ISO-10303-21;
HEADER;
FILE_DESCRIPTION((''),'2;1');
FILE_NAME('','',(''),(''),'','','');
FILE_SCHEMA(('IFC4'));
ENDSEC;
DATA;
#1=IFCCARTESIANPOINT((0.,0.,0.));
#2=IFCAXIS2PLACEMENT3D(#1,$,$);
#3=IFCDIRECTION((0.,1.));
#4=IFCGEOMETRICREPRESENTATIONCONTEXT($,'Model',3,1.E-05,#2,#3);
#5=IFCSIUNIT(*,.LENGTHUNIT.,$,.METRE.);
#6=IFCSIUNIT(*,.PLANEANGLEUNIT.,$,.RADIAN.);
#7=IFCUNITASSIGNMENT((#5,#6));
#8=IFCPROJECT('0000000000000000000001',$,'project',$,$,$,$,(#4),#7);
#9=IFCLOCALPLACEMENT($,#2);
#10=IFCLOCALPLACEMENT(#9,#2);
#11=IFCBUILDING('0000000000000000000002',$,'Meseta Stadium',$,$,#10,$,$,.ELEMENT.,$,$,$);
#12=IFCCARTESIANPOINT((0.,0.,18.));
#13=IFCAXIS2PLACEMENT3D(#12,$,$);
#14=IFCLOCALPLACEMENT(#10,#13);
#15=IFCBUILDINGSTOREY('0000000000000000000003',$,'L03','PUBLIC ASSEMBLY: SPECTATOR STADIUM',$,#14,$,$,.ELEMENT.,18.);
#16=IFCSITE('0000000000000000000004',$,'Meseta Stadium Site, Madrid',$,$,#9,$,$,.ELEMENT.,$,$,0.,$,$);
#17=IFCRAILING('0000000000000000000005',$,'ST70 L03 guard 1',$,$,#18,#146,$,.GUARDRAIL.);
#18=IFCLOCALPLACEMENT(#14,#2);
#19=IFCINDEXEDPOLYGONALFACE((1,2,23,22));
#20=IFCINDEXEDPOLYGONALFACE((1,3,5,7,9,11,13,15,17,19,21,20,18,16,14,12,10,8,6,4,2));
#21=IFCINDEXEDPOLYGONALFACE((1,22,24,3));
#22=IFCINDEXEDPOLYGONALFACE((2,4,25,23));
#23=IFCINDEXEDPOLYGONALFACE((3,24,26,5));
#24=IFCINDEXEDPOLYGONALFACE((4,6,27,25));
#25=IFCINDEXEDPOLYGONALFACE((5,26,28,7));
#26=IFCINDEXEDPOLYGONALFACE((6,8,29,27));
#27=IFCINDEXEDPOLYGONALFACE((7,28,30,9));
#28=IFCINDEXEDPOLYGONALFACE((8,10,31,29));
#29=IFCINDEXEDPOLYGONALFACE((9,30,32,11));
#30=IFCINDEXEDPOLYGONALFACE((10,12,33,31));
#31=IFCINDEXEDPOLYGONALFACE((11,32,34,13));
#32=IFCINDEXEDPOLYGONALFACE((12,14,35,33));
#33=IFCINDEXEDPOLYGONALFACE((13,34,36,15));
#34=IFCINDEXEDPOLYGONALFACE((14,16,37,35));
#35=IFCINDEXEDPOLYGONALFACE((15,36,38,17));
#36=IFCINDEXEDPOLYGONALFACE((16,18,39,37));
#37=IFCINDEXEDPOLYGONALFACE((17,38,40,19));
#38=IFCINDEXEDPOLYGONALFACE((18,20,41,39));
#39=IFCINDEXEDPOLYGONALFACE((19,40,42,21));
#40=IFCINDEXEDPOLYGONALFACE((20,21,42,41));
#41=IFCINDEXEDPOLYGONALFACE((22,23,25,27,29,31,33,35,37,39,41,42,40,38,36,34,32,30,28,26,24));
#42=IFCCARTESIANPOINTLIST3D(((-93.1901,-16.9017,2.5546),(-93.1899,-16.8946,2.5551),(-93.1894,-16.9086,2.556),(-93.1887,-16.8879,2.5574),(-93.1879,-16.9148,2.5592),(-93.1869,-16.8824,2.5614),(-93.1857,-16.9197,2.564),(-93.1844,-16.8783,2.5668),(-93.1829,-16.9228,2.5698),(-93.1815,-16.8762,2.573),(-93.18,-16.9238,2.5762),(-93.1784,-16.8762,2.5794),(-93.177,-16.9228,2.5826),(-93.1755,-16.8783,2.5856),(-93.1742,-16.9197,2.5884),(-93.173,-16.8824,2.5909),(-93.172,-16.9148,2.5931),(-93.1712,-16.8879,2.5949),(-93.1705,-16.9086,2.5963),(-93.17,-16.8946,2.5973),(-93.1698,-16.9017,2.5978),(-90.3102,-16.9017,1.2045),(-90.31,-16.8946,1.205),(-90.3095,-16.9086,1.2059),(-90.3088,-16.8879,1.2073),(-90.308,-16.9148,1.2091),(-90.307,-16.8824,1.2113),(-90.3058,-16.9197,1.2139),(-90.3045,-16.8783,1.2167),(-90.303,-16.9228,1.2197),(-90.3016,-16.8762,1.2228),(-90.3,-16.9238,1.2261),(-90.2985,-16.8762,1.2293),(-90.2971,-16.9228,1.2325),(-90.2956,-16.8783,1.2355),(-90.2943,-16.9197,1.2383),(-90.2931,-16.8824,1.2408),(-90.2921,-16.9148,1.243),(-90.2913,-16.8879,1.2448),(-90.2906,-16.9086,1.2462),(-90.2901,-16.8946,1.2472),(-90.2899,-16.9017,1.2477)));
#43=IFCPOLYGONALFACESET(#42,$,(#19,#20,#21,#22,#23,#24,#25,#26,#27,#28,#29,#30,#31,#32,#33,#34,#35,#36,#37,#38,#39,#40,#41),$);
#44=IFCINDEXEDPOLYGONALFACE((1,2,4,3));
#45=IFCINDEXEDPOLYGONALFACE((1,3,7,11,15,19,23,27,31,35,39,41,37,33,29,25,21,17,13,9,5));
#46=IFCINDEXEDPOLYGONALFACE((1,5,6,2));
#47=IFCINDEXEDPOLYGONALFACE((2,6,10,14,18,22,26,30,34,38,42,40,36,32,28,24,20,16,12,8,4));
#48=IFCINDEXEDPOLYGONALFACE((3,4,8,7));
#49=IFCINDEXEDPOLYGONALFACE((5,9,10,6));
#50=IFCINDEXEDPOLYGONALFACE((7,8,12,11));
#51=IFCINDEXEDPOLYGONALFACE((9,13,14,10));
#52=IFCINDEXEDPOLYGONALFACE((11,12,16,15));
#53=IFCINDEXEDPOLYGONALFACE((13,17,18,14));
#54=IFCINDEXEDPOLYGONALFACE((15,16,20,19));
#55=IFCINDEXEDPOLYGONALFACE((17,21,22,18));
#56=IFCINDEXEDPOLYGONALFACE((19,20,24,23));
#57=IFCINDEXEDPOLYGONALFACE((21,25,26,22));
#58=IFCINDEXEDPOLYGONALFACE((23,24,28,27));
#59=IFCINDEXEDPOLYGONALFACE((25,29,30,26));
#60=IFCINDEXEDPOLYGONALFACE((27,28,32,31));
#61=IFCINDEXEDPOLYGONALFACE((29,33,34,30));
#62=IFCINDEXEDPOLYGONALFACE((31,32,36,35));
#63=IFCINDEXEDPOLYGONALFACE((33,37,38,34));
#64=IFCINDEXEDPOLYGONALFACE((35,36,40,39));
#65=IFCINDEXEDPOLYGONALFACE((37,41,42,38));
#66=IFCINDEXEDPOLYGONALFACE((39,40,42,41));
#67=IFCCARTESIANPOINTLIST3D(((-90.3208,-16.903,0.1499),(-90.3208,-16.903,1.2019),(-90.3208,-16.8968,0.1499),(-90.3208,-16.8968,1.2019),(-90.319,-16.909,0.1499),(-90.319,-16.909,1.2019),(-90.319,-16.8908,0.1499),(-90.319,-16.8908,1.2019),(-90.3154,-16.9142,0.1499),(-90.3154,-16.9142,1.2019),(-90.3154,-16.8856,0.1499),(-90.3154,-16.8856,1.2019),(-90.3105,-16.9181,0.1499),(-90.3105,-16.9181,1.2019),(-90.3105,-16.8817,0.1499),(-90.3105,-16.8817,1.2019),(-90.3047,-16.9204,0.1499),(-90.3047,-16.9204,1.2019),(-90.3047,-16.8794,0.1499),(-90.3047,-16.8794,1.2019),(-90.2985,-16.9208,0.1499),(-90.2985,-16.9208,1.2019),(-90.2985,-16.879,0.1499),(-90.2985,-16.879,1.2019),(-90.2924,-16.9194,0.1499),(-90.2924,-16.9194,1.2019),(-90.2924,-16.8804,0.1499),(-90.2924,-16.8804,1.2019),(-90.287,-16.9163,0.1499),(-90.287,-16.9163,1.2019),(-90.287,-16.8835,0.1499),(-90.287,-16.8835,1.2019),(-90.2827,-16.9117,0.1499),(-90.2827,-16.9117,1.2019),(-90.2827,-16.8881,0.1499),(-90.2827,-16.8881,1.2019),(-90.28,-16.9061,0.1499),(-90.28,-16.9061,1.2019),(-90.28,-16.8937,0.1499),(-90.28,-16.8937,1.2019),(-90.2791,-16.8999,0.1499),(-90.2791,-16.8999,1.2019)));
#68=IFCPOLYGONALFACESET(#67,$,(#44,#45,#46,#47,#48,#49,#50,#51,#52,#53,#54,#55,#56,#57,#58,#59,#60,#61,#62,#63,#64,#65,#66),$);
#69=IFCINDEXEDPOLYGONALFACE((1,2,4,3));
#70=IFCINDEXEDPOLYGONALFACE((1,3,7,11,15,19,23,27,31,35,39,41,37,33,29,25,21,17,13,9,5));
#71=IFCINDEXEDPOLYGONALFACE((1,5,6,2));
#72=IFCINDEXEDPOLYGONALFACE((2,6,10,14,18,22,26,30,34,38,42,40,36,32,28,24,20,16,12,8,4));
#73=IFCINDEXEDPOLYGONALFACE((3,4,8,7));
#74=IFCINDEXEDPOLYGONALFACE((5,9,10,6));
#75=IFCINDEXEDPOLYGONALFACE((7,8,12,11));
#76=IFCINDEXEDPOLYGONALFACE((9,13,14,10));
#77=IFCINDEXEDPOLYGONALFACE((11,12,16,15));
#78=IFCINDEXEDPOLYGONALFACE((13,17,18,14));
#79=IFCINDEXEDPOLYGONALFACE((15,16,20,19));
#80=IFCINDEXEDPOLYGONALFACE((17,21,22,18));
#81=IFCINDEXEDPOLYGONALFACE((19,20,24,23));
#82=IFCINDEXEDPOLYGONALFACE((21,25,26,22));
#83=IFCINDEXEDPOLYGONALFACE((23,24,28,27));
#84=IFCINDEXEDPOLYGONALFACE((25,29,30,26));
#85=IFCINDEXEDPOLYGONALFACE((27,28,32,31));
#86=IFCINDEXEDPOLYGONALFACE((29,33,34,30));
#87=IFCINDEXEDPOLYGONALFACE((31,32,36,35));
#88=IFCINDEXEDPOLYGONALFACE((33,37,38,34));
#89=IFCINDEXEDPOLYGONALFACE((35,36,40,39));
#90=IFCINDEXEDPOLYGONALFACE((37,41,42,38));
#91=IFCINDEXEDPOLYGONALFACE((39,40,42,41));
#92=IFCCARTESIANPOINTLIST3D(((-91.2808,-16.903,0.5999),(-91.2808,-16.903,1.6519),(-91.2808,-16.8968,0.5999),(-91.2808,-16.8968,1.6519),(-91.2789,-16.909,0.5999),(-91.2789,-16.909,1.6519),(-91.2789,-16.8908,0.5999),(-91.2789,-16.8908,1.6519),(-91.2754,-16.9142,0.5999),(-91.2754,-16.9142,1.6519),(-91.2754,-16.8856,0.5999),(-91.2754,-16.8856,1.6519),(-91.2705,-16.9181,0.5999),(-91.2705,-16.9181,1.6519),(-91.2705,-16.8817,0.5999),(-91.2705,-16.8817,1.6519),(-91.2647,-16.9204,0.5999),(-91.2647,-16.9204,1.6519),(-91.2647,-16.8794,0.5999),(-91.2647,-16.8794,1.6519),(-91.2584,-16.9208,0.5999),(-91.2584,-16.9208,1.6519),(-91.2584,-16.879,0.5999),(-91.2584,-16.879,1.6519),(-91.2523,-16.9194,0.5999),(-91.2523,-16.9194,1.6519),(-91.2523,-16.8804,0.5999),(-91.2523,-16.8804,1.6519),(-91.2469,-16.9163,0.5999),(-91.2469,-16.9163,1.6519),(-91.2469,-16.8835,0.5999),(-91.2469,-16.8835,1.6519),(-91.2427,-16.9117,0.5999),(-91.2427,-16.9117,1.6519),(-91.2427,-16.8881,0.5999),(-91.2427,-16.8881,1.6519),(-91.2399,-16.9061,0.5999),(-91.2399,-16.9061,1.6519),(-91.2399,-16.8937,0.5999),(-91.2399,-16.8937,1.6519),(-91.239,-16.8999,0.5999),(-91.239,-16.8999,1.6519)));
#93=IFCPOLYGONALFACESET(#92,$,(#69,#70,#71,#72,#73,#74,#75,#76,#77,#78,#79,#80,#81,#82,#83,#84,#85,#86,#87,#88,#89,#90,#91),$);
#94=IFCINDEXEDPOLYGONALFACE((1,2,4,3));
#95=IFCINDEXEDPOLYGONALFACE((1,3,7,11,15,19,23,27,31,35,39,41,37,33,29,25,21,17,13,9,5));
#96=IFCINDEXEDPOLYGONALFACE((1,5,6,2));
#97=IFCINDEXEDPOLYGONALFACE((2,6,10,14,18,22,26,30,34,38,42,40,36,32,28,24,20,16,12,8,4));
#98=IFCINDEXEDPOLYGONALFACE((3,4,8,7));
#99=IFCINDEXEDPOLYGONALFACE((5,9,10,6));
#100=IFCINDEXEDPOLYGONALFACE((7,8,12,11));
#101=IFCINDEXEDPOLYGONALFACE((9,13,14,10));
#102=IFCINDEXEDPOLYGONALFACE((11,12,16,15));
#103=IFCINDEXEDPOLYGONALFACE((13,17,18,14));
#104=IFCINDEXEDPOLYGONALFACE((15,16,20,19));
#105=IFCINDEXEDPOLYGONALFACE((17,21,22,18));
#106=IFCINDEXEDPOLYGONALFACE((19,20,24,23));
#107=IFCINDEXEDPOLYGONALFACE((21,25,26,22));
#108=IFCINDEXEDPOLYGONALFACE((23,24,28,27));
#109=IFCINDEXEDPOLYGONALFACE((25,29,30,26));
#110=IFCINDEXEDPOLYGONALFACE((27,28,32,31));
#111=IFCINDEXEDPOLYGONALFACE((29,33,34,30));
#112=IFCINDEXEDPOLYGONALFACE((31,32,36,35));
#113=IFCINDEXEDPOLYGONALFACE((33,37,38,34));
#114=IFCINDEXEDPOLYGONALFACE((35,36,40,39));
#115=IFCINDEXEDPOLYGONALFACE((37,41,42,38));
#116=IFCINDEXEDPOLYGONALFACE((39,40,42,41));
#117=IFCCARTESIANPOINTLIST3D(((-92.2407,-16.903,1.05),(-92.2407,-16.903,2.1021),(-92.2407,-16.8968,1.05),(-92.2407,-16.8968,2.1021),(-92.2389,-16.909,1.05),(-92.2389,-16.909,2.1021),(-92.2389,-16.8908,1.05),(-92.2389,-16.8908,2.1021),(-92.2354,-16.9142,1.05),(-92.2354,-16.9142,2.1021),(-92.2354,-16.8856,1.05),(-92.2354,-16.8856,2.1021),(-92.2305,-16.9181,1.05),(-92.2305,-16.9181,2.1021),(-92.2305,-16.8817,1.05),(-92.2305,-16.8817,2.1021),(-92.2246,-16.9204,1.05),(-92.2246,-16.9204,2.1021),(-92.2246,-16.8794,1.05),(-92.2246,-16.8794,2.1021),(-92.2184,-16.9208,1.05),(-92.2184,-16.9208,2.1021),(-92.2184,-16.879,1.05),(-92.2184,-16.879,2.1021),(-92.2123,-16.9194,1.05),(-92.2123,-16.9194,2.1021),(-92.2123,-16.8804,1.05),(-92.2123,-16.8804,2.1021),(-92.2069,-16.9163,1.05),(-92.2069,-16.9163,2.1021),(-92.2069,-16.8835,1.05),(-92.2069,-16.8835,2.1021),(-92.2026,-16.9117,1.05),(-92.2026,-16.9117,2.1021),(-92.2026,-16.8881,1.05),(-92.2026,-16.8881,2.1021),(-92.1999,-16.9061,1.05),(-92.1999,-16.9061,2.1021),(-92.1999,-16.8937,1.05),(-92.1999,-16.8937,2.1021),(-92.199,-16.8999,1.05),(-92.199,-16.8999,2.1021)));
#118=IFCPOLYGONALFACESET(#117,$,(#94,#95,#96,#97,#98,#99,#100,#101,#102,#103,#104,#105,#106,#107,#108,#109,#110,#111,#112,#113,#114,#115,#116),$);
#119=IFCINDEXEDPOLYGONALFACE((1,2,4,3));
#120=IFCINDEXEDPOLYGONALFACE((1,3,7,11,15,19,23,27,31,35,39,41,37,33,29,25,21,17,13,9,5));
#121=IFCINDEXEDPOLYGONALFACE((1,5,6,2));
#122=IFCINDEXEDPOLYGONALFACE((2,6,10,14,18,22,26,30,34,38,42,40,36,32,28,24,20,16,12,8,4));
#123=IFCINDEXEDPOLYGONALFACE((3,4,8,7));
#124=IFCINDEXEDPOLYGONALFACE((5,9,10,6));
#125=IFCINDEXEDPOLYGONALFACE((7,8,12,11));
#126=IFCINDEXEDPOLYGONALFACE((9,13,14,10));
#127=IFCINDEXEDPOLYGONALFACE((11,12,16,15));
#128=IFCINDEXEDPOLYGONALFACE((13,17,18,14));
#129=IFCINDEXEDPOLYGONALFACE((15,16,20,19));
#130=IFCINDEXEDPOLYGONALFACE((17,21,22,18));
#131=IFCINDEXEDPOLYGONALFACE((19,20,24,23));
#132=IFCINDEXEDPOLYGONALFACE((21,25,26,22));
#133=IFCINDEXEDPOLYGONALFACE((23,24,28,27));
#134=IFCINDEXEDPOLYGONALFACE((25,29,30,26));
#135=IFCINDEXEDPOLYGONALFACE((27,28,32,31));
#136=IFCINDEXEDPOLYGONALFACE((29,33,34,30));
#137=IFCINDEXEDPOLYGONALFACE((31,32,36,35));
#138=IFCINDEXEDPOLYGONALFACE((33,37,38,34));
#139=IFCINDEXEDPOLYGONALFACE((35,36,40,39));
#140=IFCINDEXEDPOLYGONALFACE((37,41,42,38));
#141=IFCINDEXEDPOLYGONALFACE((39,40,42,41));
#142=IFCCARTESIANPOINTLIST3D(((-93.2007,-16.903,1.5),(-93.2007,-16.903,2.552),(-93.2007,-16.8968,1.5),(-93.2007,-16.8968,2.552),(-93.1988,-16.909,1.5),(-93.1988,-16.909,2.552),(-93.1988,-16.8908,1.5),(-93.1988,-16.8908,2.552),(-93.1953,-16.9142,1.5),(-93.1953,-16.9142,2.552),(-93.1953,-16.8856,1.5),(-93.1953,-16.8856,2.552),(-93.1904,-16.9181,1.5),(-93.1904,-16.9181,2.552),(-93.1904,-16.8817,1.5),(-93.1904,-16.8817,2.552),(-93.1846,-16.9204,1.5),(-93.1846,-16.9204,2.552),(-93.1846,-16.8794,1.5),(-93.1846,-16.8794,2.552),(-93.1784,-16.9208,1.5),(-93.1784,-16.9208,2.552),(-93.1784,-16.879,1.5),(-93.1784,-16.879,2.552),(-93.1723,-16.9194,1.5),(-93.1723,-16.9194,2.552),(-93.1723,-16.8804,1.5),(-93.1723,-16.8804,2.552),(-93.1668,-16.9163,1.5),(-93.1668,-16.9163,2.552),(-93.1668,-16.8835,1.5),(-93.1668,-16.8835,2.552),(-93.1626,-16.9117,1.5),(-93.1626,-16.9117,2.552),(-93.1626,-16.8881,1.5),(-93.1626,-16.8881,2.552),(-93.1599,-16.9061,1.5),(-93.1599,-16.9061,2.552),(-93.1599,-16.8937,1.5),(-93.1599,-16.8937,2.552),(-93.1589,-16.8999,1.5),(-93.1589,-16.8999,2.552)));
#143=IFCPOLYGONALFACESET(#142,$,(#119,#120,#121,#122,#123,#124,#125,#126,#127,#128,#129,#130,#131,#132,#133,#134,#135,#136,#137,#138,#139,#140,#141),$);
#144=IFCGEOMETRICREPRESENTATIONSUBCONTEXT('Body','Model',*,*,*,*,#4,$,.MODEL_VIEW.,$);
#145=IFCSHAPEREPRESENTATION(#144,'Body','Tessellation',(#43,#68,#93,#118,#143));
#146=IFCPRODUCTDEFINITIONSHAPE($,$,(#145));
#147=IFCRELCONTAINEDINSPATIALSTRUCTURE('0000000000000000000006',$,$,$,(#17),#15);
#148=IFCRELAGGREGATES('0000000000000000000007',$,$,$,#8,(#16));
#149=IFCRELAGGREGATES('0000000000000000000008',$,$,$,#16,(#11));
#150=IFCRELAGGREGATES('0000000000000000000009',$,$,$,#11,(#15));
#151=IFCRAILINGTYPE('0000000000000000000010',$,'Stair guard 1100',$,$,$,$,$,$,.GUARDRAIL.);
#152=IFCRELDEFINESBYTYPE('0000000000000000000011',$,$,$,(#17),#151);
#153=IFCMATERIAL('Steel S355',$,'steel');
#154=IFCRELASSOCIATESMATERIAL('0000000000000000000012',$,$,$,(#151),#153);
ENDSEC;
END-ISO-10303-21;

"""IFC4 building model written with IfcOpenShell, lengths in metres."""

from ifc_helpers import new_model, si_unit, direction, frame, origin, origin_2d, place, context, subcontext, project, spatial, circle, extrude, material, type_object, element, save


model = new_model("IFC4")

# Units and contexts
model_context = context("Model", 3, precision=1e-05, world=origin(), true_north=direction((0.0, 1.0)))
body_context = subcontext(model_context, "Body", "Model", "MODEL_VIEW")
ifc_project = project(units=[si_unit("LENGTHUNIT", "METRE"), si_unit("PLANEANGLEUNIT", "RADIAN")], contexts=[model_context])

# Site, building, storey
site_placement = place(None, origin())
site = spatial("IfcSite", under=ifc_project, at=site_placement, Name="Meseta Stadium Site, Madrid", CompositionType="ELEMENT", RefElevation=0.0)
building_placement = place(site_placement, origin())
building = spatial("IfcBuilding", under=site, at=building_placement, Name="Meseta Stadium", CompositionType="ELEMENT")
storey_placement = place(building_placement, frame((0.0, 0.0, 18.0)))
storey = spatial("IfcBuildingStorey", under=building, at=storey_placement, Name="L03", Description="PUBLIC ASSEMBLY: SPECTATOR STADIUM", CompositionType="ELEMENT", Elevation=18.0)

# Railing
ifc_material_1 = material(Name="Steel S355", Category="steel")
railing_type_1 = type_object("IfcRailingType", Name="Stair guard 1100", PredefinedType="GUARDRAIL", material=ifc_material_1)
railing_1_placement = place(storey_placement, frame((-90.3, -16.8999, 0.1499)))
element("IfcRailing", 1, at=railing_1_placement, inside=storey, type_object=railing_type_1, Name="ST70 L03 guard 1", PredefinedType="GUARDRAIL", context=body_context, shape_type="SweptSolid", body=[
    extrude(circle(Radius=0.0239, at=origin_2d()), frame((0.0, 0.0, 1.0762), z_axis=(-0.90544, 0.0, 0.424473), x_axis=(0.0, -1.0, 0.0)), (0.0, 0.0, 1.0), 3.1807),
    extrude(circle(Radius=0.021, at=origin_2d()), origin(), (0.0, 0.0, 1.0), 1.052),
    extrude(circle(Radius=0.021, at=origin_2d()), frame((-0.96, 0.0, 0.45)), (0.0, 0.0, 1.0), 1.052),
    extrude(circle(Radius=0.021, at=origin_2d()), frame((-1.9199, 0.0, 0.9001)), (0.0, 0.0, 1.0), 1.052),
    extrude(circle(Radius=0.021, at=origin_2d()), frame((-2.8799, 0.0, 1.3501)), (0.0, 0.0, 1.0), 1.052),
])

save(model, "model.ifc")
